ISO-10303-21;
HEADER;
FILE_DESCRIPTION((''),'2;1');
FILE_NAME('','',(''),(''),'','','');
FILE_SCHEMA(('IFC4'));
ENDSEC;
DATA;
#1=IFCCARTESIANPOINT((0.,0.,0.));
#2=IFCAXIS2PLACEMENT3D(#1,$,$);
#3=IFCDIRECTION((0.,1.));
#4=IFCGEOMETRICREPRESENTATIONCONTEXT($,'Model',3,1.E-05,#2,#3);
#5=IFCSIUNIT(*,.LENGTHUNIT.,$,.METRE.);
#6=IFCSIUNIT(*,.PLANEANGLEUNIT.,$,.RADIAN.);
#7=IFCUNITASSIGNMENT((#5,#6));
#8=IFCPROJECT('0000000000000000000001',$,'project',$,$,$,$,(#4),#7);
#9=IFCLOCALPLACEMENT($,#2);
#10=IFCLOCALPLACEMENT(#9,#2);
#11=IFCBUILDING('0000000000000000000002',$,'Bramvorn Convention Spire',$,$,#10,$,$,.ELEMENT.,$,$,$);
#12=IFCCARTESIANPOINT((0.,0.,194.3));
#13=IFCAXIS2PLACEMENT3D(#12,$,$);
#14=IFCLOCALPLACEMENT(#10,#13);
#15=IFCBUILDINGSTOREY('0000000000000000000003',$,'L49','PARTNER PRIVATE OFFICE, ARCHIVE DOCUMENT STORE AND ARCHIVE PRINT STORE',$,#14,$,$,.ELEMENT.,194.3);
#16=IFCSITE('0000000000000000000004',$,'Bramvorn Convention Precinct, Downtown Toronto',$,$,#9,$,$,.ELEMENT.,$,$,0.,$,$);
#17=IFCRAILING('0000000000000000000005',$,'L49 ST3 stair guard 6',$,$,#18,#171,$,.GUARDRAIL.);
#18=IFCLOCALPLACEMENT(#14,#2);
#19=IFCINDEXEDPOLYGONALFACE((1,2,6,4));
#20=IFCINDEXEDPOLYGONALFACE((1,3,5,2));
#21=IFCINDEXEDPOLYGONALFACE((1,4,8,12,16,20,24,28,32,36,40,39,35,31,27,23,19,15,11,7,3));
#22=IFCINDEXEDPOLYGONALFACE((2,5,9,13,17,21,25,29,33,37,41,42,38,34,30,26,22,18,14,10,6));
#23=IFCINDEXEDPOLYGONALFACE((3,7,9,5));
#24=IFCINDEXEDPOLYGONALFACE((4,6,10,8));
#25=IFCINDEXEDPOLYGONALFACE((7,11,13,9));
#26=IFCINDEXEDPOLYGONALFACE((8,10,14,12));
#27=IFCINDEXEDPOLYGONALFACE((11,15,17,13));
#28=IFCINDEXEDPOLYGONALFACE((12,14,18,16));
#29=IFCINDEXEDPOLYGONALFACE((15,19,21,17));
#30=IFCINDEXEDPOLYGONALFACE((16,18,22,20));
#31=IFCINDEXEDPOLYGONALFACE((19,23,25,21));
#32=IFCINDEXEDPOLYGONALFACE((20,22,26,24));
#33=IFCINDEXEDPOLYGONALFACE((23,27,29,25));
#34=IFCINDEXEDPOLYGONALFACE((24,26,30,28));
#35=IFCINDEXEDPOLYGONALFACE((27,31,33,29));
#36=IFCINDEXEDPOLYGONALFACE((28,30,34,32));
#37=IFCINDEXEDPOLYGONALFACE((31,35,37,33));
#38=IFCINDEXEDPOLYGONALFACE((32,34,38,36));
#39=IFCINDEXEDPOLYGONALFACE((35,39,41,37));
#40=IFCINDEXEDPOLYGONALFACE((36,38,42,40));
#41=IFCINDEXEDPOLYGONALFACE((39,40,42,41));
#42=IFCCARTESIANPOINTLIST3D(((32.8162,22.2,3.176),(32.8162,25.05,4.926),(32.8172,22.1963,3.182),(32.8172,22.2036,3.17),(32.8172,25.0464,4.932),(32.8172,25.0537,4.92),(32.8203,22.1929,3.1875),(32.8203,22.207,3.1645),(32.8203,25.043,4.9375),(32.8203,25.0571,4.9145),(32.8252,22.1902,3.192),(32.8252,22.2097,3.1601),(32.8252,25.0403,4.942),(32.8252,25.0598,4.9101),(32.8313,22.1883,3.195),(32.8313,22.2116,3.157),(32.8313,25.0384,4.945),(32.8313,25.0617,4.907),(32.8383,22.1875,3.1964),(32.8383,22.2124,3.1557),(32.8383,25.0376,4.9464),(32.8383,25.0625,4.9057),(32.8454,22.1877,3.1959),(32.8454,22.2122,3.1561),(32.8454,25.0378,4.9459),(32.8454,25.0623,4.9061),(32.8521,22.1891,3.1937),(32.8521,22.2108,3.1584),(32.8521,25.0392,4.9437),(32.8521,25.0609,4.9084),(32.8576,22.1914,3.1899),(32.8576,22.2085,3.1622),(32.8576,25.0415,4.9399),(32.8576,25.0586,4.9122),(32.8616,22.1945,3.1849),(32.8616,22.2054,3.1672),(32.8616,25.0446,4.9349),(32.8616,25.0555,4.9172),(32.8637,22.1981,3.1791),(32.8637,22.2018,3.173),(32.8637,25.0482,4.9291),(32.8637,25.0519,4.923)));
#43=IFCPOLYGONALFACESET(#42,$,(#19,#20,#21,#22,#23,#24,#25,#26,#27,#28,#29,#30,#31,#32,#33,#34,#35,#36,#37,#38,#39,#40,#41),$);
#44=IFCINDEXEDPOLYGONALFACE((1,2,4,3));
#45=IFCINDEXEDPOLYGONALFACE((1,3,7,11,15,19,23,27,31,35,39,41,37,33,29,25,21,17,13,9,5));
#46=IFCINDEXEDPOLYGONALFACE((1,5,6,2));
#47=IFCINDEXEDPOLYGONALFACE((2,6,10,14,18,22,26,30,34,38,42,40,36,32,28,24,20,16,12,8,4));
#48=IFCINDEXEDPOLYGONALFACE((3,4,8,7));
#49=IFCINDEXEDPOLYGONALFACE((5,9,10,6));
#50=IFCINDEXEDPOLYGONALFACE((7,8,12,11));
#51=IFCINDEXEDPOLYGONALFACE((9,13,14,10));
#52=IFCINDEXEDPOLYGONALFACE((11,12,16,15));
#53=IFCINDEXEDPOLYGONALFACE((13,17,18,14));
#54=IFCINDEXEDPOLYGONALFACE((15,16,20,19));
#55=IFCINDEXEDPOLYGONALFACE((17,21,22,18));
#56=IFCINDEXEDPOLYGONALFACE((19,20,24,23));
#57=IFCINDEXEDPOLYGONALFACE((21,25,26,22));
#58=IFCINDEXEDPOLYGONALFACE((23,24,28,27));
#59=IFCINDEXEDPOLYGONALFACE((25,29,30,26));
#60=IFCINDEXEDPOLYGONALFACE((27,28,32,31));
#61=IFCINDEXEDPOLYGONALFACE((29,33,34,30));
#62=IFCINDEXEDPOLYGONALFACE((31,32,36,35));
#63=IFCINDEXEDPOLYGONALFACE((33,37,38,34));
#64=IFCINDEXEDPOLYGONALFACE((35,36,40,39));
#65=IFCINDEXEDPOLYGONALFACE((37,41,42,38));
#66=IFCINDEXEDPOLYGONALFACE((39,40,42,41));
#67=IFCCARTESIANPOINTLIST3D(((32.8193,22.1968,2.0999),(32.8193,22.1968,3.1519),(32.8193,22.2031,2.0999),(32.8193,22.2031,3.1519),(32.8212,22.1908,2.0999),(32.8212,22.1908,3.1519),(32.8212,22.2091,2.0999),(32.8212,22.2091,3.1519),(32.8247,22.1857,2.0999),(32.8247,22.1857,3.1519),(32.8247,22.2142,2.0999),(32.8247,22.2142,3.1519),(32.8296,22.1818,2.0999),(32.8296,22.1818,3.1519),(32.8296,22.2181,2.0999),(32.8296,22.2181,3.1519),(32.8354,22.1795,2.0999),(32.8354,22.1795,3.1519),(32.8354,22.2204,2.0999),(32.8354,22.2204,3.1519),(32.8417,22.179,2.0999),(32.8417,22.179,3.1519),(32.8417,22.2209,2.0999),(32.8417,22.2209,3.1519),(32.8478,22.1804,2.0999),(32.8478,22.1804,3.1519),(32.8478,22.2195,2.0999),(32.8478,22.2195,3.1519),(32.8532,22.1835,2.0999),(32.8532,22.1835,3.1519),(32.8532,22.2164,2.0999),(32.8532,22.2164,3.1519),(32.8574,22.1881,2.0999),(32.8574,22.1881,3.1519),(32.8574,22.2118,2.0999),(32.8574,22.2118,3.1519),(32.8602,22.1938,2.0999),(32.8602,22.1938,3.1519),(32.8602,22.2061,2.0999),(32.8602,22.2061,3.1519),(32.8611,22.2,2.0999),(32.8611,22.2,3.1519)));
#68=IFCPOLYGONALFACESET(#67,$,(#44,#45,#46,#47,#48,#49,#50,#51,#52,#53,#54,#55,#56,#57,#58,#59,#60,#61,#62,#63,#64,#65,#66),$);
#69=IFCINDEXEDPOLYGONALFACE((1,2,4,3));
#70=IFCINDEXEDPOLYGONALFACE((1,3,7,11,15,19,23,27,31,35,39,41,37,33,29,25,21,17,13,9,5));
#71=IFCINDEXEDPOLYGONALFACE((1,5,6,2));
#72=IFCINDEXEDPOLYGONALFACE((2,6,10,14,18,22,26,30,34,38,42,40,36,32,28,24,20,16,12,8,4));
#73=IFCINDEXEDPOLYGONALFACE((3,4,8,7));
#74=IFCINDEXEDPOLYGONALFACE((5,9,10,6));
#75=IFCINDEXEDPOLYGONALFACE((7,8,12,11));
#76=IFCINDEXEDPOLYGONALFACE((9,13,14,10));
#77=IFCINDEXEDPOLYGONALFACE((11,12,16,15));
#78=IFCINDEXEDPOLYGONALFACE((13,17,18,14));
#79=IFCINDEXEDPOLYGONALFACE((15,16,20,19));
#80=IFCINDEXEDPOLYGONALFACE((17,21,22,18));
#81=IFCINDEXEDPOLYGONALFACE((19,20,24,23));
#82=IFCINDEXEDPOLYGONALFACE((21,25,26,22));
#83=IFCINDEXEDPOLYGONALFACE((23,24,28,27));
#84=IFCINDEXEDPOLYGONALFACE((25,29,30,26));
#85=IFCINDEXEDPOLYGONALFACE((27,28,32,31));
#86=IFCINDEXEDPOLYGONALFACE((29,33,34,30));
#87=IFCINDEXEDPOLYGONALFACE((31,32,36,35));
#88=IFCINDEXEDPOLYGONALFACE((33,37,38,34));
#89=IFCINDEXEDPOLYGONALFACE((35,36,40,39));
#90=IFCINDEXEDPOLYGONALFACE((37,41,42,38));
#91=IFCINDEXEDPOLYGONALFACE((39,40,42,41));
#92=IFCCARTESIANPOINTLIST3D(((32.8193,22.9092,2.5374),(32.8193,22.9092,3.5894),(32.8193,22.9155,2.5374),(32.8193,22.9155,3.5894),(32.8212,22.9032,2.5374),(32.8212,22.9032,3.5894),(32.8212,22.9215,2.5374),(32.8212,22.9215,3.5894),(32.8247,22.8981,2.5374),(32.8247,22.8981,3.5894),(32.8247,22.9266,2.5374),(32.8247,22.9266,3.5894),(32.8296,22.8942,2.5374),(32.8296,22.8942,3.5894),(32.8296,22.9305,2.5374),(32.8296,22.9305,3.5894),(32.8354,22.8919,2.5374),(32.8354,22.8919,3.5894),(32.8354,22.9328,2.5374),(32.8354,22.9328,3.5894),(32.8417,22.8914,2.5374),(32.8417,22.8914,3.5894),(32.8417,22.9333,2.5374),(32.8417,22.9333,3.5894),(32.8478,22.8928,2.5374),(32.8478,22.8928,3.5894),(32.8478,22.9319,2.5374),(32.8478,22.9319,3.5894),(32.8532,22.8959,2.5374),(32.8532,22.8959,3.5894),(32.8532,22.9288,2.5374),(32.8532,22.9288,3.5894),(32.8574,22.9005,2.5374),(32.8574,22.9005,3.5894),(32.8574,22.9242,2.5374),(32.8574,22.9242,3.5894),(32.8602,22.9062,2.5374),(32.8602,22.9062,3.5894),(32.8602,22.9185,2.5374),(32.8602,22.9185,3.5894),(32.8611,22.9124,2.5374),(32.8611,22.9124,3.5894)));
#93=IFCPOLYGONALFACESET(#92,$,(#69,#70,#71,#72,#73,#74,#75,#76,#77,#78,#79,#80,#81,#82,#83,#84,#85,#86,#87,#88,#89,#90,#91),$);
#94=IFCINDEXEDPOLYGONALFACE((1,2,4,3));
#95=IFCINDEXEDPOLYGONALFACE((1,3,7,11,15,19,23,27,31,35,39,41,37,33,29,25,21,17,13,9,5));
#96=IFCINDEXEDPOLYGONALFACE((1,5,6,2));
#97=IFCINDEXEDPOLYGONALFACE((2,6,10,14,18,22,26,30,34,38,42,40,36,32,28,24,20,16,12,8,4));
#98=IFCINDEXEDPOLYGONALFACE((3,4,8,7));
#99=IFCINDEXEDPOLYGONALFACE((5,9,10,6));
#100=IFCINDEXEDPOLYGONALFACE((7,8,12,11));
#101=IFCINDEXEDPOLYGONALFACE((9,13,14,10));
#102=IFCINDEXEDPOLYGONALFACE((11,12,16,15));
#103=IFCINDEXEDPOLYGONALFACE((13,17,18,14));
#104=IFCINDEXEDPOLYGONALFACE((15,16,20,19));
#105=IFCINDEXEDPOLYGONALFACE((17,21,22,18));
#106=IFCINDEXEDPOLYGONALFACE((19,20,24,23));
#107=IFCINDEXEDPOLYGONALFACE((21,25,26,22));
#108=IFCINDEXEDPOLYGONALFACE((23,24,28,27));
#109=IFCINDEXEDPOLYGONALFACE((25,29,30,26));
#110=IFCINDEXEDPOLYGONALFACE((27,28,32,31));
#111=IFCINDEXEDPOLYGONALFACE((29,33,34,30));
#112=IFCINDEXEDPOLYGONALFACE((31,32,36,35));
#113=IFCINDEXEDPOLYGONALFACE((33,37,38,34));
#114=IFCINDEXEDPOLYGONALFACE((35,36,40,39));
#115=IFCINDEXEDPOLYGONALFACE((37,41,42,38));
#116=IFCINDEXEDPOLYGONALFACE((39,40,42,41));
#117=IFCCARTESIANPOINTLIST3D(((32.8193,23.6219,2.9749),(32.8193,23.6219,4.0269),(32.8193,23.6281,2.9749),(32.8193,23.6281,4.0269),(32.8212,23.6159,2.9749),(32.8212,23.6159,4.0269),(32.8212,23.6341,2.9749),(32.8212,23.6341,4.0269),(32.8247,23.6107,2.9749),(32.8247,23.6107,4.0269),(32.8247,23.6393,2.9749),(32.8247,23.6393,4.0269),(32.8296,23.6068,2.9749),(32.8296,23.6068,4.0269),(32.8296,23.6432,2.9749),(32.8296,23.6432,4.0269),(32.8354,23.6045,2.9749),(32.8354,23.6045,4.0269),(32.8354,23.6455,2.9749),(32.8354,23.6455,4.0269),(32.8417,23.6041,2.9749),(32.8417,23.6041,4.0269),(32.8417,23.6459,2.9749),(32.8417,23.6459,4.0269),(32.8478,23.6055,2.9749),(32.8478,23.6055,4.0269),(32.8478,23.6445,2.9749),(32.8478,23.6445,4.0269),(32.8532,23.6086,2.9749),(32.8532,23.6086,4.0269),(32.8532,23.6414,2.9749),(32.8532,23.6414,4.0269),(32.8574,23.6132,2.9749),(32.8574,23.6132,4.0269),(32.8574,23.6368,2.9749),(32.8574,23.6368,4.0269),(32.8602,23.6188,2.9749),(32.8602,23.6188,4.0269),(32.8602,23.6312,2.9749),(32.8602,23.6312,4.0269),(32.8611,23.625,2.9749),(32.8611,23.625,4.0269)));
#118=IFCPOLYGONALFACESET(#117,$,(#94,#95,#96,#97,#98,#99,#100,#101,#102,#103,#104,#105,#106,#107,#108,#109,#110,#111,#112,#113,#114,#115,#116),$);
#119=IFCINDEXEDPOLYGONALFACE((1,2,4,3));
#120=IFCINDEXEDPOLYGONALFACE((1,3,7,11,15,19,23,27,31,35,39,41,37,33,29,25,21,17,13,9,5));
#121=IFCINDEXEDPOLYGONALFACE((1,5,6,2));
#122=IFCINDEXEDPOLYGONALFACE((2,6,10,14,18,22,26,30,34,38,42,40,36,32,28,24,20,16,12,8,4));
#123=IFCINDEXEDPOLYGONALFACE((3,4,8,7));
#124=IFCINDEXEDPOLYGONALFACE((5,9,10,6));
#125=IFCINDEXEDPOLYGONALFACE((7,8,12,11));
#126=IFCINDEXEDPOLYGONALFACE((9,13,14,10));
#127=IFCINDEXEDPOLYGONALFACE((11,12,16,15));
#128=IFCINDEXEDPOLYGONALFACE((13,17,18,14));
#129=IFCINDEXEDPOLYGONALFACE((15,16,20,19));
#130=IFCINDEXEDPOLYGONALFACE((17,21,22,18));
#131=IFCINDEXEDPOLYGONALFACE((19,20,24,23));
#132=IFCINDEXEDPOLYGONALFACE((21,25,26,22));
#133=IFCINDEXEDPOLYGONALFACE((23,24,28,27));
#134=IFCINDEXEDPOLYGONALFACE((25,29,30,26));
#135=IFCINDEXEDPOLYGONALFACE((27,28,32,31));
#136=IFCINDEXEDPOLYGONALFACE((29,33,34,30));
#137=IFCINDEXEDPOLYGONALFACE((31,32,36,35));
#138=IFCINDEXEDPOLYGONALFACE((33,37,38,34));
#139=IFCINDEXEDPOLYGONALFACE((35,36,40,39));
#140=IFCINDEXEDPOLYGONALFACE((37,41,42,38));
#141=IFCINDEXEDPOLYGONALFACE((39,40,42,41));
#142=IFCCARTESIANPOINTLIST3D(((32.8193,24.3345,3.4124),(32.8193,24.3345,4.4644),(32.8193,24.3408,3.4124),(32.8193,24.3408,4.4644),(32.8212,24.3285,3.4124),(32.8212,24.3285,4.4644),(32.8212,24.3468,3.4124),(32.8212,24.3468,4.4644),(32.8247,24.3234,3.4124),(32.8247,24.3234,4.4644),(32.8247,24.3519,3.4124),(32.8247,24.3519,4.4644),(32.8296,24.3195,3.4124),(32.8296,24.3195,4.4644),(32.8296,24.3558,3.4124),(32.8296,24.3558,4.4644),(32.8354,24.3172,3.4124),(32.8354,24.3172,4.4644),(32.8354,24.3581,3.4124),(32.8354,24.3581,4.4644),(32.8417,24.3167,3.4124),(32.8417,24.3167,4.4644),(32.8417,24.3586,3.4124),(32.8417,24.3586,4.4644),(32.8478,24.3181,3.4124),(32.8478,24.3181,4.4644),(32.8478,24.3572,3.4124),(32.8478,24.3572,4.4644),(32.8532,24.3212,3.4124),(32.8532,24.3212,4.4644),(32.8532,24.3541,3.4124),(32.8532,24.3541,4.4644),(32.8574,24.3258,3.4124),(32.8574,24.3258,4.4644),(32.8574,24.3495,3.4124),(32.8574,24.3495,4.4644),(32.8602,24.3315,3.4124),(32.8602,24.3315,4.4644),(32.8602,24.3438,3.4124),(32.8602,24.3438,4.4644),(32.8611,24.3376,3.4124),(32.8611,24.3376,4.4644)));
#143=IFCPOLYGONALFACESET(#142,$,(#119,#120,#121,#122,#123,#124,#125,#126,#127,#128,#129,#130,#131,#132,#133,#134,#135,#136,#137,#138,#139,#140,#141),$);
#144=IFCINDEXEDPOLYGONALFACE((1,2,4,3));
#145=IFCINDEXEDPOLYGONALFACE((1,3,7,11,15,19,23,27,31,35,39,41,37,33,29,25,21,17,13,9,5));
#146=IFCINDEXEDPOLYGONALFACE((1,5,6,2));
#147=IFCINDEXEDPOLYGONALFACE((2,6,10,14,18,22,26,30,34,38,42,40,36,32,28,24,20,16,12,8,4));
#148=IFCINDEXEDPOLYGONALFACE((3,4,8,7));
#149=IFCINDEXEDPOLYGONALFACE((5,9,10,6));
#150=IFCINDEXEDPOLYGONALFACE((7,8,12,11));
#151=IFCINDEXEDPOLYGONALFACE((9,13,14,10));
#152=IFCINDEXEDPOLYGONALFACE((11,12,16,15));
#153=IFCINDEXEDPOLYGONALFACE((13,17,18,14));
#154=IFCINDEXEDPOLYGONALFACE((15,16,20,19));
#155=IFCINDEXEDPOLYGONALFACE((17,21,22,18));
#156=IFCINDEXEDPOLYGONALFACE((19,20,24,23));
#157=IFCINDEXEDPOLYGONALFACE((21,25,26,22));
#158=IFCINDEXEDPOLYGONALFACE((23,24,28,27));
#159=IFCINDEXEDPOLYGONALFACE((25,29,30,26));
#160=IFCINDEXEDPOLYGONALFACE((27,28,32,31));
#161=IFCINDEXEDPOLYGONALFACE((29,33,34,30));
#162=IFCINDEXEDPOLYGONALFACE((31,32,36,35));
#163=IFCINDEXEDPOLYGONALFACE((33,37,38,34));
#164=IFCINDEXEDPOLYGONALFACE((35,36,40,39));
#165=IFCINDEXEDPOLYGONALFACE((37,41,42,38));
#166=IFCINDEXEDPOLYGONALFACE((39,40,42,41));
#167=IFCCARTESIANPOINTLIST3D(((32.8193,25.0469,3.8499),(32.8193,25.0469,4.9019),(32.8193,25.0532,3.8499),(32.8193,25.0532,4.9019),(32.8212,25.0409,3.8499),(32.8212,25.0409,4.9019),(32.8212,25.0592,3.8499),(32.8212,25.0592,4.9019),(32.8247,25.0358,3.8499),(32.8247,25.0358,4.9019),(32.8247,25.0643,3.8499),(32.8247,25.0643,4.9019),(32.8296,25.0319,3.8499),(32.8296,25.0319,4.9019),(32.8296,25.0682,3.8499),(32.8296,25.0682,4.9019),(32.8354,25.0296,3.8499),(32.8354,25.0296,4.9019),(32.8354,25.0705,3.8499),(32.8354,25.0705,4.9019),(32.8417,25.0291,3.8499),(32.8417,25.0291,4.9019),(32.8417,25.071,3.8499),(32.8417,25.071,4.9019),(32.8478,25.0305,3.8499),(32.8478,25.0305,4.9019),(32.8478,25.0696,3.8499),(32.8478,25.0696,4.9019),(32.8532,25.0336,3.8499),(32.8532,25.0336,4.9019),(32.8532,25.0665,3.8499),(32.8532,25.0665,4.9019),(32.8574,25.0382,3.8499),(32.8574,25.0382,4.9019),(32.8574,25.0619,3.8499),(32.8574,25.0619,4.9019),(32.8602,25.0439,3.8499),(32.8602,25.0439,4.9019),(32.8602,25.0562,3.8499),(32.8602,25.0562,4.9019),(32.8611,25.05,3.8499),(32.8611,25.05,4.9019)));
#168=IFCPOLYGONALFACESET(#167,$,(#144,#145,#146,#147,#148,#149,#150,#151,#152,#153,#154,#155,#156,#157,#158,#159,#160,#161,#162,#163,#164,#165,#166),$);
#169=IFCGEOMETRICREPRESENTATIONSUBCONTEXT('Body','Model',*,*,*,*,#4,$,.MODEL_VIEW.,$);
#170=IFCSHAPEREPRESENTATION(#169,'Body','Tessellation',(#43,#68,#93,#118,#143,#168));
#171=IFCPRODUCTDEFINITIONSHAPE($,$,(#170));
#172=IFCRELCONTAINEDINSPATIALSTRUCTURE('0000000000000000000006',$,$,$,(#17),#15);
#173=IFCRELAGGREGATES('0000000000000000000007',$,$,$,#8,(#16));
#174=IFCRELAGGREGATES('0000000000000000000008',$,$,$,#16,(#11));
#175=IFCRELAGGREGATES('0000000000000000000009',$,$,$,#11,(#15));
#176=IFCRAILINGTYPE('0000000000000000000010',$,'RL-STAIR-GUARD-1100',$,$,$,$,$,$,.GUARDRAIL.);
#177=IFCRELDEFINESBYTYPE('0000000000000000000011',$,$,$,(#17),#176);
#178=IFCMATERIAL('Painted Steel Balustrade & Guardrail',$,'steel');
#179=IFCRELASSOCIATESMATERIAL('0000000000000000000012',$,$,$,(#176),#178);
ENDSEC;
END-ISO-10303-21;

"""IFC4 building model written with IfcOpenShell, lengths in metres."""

from ifc_helpers import new_model, si_unit, direction, frame, origin, origin_2d, place, context, subcontext, project, spatial, circle, extrude, material, type_object, element, save


model = new_model("IFC4")

# Units and contexts
model_context = context("Model", 3, precision=1e-05, world=origin(), true_north=direction((0.0, 1.0)))
body_context = subcontext(model_context, "Body", "Model", "MODEL_VIEW")
ifc_project = project(units=[si_unit("LENGTHUNIT", "METRE"), si_unit("PLANEANGLEUNIT", "RADIAN")], contexts=[model_context])

# Site, building, storey
site_placement = place(None, origin())
site = spatial("IfcSite", under=ifc_project, at=site_placement, Name="Bramvorn Convention Precinct, Downtown Toronto", CompositionType="ELEMENT", RefElevation=0.0)
building_placement = place(site_placement, origin())
building = spatial("IfcBuilding", under=site, at=building_placement, Name="Bramvorn Convention Spire", CompositionType="ELEMENT")
storey_placement = place(building_placement, frame((0.0, 0.0, 194.3)))
storey = spatial("IfcBuildingStorey", under=building, at=storey_placement, Name="L49", Description="PARTNER PRIVATE OFFICE, ARCHIVE DOCUMENT STORE AND ARCHIVE PRINT STORE", CompositionType="ELEMENT", Elevation=194.3)

# Railing
ifc_material_1 = material(Name="Painted Steel Balustrade & Guardrail", Category="steel")
railing_type_1 = type_object("IfcRailingType", Name="RL-STAIR-GUARD-1100", PredefinedType="GUARDRAIL", material=ifc_material_1)
railing_1_placement = place(storey_placement, frame((32.8401, 22.2, 2.0999)))
element("IfcRailing", 1, at=railing_1_placement, inside=storey, type_object=railing_type_1, Name="L49 ST3 stair guard 6", PredefinedType="GUARDRAIL", context=body_context, shape_type="SweptSolid", body=[
    extrude(circle(Radius=0.0239, at=origin_2d()), frame((0.0, 0.0, 1.0762), z_axis=(0.0, 0.852179, 0.52325), x_axis=(-1.0, 0.0, 0.0)), (0.0, 0.0, 1.0), 3.3445),
    extrude(circle(Radius=0.021, at=origin_2d()), origin(), (0.0, 0.0, 1.0), 1.052),
    extrude(circle(Radius=0.021, at=origin_2d()), frame((0.0, 0.7124, 0.4375)), (0.0, 0.0, 1.0), 1.052),
    extrude(circle(Radius=0.021, at=origin_2d()), frame((0.0, 1.425, 0.875)), (0.0, 0.0, 1.0), 1.052),
    extrude(circle(Radius=0.021, at=origin_2d()), frame((0.0, 2.1377, 1.3125)), (0.0, 0.0, 1.0), 1.052),
    extrude(circle(Radius=0.021, at=origin_2d()), frame((0.0, 2.8501, 1.75)), (0.0, 0.0, 1.0), 1.052),
])

save(model, "model.ifc")
